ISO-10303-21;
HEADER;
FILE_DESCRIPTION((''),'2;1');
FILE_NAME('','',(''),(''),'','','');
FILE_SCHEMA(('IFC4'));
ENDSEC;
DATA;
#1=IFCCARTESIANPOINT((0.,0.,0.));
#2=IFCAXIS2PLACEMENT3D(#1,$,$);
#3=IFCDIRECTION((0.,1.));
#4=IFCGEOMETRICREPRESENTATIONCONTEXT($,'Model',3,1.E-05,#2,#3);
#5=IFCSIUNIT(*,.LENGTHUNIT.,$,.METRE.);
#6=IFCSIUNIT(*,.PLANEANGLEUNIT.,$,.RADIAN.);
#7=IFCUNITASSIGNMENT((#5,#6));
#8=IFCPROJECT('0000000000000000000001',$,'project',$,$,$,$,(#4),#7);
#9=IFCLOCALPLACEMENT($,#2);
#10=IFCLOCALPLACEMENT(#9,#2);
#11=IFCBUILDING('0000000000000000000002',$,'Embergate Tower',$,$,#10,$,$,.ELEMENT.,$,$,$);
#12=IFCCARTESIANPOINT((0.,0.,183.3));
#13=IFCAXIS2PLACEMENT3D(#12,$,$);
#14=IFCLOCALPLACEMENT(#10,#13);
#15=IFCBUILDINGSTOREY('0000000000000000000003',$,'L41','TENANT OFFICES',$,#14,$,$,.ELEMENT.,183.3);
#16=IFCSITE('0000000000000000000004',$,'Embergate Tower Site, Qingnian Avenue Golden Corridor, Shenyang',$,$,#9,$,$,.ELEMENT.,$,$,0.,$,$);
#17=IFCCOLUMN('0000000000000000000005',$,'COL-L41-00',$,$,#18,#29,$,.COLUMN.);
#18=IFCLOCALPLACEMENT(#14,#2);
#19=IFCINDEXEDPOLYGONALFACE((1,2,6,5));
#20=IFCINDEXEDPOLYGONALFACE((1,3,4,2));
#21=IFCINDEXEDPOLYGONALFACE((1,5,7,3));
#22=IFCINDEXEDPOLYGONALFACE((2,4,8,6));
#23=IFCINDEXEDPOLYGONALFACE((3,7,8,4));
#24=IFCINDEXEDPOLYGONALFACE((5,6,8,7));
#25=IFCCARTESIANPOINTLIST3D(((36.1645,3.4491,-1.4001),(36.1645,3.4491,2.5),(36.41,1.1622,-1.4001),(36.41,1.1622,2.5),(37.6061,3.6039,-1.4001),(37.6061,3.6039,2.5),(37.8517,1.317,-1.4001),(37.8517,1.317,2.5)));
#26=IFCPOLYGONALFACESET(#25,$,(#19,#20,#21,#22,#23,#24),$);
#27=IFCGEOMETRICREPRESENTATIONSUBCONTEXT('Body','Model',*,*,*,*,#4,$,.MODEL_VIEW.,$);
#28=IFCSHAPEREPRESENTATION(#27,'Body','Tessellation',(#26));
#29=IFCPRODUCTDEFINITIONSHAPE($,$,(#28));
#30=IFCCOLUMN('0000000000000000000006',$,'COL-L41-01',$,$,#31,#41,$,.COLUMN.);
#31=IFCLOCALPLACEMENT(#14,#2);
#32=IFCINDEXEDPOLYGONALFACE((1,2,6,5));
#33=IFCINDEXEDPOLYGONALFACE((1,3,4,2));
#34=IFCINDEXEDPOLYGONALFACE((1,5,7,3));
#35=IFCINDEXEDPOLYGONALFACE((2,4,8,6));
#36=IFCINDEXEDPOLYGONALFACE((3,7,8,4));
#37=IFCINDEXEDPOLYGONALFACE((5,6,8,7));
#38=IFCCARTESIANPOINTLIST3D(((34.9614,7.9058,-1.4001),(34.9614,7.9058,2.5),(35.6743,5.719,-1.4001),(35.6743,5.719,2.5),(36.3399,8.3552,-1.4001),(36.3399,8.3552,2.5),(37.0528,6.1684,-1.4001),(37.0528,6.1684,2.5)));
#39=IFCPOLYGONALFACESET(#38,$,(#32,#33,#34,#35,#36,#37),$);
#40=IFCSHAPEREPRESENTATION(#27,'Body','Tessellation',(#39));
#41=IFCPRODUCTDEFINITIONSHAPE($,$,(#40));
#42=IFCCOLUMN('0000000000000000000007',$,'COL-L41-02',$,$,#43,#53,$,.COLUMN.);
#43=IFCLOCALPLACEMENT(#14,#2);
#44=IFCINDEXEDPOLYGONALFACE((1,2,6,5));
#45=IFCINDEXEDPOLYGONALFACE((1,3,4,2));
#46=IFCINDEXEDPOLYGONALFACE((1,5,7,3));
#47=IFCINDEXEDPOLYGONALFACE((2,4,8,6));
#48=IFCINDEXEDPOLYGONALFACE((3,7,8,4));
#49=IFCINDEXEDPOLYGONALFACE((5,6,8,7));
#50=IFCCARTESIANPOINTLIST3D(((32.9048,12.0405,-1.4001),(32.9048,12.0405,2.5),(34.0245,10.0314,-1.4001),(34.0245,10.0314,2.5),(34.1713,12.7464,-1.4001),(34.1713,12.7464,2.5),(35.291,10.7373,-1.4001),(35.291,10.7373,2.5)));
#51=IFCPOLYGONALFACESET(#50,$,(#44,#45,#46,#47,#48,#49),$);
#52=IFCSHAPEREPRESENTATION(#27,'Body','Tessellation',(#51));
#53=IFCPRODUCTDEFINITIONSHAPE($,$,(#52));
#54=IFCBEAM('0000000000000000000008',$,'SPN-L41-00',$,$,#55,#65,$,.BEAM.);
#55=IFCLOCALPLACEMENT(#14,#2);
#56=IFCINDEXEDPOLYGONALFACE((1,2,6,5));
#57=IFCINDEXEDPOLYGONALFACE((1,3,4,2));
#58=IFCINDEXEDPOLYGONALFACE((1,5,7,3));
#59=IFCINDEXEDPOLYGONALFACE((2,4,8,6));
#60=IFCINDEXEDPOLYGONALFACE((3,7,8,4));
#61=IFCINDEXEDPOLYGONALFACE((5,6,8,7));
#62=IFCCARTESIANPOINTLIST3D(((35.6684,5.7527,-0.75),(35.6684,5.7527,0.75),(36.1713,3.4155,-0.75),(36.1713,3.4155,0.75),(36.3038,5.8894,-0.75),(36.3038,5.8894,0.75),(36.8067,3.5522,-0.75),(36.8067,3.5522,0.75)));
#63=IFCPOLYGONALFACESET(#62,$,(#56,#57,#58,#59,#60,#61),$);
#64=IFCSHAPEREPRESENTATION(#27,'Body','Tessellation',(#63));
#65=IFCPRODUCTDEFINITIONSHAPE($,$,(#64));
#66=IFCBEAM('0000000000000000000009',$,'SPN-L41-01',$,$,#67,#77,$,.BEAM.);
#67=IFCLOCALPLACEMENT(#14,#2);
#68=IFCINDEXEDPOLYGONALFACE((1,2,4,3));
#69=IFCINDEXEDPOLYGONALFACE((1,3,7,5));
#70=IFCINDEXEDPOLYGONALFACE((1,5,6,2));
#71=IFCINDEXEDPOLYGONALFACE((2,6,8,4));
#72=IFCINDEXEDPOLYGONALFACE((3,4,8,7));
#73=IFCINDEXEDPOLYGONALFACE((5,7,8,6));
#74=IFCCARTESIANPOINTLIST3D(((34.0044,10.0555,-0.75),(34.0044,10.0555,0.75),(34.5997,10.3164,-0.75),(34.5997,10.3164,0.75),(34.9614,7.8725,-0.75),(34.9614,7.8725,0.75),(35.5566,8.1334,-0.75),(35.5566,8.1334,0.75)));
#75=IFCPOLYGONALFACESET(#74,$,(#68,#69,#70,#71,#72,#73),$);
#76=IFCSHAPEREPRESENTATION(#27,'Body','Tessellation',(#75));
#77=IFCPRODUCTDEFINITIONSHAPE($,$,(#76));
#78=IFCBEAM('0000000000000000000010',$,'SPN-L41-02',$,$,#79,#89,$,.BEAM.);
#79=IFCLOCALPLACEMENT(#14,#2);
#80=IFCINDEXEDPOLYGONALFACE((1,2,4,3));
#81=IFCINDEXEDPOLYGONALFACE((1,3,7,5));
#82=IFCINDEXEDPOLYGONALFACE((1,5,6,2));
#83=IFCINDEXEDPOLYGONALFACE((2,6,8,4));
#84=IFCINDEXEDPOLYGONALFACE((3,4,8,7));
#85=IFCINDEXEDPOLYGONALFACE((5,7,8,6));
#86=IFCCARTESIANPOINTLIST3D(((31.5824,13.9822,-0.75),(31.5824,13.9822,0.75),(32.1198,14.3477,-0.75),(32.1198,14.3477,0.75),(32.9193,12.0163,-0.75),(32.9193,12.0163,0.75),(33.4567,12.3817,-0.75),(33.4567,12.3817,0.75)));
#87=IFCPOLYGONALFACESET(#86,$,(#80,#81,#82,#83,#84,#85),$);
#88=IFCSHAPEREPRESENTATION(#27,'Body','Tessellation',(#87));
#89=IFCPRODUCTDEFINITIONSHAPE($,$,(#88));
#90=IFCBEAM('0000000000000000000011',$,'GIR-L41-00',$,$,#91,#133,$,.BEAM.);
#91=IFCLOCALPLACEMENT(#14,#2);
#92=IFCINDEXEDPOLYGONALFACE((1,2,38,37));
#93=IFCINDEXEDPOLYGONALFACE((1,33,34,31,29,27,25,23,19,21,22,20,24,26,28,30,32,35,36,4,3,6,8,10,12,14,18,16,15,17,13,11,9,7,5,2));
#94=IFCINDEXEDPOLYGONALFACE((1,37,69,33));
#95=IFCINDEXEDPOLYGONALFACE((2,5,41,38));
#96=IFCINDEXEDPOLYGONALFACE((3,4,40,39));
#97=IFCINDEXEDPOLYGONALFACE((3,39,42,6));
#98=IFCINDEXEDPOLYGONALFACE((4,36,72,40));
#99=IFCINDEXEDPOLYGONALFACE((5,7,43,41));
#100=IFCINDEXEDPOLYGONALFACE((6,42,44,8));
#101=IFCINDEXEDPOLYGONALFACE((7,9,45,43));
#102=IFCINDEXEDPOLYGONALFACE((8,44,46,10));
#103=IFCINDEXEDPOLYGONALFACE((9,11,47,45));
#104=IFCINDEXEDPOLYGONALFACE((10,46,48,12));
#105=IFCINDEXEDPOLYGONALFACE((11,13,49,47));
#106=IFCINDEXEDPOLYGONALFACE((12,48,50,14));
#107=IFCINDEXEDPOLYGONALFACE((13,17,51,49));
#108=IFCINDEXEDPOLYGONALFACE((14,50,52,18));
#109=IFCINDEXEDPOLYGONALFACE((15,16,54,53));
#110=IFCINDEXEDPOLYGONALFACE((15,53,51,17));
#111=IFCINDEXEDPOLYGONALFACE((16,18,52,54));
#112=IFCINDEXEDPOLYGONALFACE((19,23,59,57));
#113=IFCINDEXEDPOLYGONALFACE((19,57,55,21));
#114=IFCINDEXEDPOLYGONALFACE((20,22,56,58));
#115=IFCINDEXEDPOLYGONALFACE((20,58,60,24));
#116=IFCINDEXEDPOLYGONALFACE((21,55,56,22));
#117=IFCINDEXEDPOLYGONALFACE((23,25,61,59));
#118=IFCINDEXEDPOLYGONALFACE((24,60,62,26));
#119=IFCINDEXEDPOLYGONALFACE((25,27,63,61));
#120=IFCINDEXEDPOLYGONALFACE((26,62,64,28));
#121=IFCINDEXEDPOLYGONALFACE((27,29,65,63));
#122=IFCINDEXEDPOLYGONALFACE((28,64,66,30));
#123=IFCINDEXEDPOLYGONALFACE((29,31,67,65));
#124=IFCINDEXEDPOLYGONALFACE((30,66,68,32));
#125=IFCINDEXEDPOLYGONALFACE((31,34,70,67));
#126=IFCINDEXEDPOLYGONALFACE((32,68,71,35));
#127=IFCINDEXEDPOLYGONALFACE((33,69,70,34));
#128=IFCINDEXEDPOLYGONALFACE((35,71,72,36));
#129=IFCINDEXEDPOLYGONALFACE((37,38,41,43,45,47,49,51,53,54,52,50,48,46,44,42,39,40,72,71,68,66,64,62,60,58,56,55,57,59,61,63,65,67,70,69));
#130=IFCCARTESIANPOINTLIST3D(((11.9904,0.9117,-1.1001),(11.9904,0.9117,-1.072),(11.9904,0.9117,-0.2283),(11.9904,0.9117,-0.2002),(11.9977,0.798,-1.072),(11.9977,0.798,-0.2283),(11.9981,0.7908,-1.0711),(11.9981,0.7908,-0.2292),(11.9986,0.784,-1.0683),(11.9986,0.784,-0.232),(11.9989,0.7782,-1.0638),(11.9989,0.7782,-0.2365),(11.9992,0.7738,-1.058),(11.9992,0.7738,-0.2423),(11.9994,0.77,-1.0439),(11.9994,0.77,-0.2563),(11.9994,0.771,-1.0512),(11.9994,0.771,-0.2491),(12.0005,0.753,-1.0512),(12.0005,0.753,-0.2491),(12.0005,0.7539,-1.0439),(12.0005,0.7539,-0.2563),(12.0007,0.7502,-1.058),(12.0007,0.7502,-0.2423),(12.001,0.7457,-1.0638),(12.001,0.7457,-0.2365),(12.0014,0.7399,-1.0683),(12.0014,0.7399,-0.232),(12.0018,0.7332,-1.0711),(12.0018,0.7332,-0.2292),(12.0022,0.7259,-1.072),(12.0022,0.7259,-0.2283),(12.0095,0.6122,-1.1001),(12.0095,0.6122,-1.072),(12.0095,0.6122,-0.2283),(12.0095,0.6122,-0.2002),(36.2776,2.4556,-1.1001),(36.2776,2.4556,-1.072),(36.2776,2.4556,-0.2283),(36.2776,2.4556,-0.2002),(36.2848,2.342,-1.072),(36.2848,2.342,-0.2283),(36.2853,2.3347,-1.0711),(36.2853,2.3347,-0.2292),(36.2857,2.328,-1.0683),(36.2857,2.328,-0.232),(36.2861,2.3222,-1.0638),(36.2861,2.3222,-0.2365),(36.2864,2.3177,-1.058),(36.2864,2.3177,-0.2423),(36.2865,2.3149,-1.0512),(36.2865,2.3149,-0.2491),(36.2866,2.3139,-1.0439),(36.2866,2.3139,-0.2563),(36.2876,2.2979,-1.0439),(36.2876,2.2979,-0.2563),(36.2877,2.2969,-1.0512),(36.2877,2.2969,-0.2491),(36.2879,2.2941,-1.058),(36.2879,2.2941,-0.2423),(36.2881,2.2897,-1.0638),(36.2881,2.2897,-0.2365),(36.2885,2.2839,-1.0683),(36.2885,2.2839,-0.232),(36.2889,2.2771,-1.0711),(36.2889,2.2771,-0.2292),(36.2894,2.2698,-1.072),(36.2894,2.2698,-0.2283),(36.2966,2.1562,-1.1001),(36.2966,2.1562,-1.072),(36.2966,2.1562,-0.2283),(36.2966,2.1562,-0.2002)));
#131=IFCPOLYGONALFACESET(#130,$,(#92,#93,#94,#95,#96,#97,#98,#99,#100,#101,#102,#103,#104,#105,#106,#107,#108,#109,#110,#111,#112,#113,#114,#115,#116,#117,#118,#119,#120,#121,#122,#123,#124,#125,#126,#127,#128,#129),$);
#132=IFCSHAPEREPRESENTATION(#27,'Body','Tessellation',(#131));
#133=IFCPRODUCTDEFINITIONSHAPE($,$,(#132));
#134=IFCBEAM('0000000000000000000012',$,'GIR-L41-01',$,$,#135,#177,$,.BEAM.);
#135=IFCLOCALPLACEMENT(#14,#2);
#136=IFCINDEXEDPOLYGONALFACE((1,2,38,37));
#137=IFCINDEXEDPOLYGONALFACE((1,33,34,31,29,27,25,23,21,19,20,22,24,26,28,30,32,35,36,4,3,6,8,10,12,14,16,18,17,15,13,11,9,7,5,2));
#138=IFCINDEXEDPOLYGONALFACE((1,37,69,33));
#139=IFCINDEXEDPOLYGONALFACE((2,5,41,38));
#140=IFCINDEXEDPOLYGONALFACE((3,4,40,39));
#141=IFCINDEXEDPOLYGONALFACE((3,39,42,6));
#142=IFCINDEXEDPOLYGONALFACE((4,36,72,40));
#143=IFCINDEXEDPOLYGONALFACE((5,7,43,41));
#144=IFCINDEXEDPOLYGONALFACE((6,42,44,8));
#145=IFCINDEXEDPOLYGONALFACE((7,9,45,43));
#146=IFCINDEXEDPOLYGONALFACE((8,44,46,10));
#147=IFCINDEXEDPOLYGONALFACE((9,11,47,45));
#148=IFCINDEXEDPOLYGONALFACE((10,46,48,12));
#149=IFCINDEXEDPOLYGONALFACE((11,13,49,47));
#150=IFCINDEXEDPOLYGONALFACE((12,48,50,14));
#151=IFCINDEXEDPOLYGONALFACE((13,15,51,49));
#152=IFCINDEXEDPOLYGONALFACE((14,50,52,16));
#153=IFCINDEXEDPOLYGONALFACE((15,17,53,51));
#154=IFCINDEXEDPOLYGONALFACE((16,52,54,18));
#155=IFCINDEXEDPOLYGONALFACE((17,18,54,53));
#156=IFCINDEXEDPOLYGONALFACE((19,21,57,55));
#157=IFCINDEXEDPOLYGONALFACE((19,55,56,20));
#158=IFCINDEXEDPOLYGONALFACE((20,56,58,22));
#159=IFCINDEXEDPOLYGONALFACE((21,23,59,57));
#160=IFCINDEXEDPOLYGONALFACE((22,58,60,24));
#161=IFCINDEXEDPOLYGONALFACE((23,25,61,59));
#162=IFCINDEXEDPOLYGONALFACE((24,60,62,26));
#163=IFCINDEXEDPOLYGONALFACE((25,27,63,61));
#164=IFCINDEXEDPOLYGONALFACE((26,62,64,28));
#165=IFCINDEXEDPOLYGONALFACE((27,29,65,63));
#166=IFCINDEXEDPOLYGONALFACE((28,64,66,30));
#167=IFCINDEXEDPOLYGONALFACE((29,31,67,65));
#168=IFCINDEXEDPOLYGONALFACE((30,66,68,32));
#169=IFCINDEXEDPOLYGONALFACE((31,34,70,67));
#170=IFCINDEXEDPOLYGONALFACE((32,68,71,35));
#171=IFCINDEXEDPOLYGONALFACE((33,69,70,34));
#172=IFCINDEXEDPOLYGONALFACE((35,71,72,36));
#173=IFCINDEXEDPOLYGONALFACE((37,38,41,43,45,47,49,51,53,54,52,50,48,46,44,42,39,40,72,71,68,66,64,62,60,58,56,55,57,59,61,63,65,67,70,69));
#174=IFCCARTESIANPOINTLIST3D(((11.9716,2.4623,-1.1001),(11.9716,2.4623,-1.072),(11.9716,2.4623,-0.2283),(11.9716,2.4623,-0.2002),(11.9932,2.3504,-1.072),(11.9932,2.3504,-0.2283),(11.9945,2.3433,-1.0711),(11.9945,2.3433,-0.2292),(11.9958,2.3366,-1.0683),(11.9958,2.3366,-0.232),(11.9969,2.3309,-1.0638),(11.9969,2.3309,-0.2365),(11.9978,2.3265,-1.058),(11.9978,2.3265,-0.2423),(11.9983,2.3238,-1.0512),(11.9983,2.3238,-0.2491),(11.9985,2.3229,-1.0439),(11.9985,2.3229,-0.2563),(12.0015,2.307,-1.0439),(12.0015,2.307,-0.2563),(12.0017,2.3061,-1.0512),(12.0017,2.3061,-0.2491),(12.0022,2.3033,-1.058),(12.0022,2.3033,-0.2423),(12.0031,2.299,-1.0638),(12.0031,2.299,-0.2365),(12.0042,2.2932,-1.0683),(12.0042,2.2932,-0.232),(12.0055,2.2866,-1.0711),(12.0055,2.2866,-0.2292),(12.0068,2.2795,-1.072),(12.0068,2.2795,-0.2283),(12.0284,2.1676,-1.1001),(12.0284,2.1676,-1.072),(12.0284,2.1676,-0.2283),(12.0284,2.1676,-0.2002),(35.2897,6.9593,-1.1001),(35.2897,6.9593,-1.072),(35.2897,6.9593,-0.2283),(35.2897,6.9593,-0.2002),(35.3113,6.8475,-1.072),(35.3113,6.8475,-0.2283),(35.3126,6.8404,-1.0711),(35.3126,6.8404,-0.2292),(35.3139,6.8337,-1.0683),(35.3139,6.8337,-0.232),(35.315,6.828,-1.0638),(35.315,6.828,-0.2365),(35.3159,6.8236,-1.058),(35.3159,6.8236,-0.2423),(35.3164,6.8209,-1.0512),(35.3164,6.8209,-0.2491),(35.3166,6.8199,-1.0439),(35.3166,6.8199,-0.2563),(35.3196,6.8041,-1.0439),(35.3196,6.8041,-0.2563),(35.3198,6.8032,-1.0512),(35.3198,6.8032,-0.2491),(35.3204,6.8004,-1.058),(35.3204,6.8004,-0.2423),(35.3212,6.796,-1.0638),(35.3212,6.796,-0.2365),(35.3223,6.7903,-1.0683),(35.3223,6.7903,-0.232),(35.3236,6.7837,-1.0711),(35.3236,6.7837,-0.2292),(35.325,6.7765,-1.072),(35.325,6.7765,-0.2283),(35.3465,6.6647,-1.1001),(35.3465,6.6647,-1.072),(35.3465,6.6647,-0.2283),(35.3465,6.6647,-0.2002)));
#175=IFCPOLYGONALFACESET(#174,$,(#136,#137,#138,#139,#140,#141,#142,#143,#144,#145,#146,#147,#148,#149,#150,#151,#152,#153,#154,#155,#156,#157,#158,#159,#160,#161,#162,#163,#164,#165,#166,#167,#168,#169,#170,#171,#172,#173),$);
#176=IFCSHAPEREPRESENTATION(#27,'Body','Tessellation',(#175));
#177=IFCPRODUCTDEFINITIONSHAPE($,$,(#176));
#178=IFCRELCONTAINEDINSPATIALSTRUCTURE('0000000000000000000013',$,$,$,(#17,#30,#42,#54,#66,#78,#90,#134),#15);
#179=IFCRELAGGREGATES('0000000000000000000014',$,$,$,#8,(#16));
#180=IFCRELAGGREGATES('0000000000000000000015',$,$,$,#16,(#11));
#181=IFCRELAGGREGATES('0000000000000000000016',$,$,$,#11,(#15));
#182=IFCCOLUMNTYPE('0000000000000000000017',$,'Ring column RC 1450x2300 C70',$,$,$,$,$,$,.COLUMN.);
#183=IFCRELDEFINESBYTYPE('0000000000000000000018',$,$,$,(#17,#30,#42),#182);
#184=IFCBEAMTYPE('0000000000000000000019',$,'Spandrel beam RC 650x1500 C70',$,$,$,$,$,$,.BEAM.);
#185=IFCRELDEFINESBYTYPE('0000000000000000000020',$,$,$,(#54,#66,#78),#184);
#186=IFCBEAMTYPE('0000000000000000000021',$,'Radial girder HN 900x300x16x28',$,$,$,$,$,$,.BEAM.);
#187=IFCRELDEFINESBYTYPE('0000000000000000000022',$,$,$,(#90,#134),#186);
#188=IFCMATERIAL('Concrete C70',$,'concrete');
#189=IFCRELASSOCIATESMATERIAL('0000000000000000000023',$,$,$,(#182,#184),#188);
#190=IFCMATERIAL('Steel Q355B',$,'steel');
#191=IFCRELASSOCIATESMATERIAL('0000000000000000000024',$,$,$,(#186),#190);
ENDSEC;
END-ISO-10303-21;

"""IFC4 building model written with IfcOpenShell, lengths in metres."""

from ifc_helpers import new_model, si_unit, direction, frame, origin, origin_2d, place, context, subcontext, project, spatial, rectangle, i_section, extrude, source, transform, mapped, material, material_profile, profile_set, type_object, element, save


model = new_model("IFC4")

# Units and contexts
model_context = context("Model", 3, precision=1e-05, world=origin(), true_north=direction((0.0, 1.0)))
body_context = subcontext(model_context, "Body", "Model", "MODEL_VIEW")
ifc_project = project(units=[si_unit("LENGTHUNIT", "METRE"), si_unit("PLANEANGLEUNIT", "RADIAN")], contexts=[model_context])

# Site, building, storey
site_placement = place(None, origin())
site = spatial("IfcSite", under=ifc_project, at=site_placement, Name="Embergate Tower Site, Qingnian Avenue Golden Corridor, Shenyang", CompositionType="ELEMENT", RefElevation=0.0)
building_placement = place(site_placement, origin())
building = spatial("IfcBuilding", under=site, at=building_placement, Name="Embergate Tower", CompositionType="ELEMENT")
storey_placement = place(building_placement, frame((0.0, 0.0, 183.3)))
storey = spatial("IfcBuildingStorey", under=building, at=storey_placement, Name="L41", Description="TENANT OFFICES", CompositionType="ELEMENT", Elevation=183.3)

# Columns
ifc_material_1 = material(Name="Concrete C70", Category="concrete")
ifc_material_profile_1 = material_profile(ifc_material_1, rectangle(XDim=1.45, YDim=2.3, at=origin_2d()), Name="RC 1450x2300")
ifc_profile_set_1 = profile_set([ifc_material_profile_1], Name="Concrete C70")
column_type = type_object("IfcColumnType", Name="Ring column RC 1450x2300 C70", PredefinedType="COLUMN", material=ifc_profile_set_1)
shared_shape_1 = source(origin(), body_context, "Body", "SweptSolid", [
    extrude(rectangle(XDim=1.45, YDim=2.3, at=origin_2d()), origin(), (0.0, 0.0, 1.0), 3.9001),
])
for number, where, z_axis, x_axis, name in (
    (1, (37.0081, 2.3831, -1.4001), (0.0, 0.0, 1.0), (0.994286, 0.10675, 0.0), "COL-L41-00"),
    (2, (36.0071, 7.0371, -1.4001), (0.0, 0.0, 1.0), (0.950754, 0.309946, 0.0), "COL-L41-01"),
    (3, (34.0979, 11.3889, -1.4001), (0.0, 0.0, 1.0), (0.873492, 0.486839, 0.0), "COL-L41-02"),
):
    element("IfcColumn", number, at=place(storey_placement, frame(where, z_axis=z_axis, x_axis=x_axis)), inside=storey, type_object=column_type, Name=name, PredefinedType="COLUMN", context=body_context, shape_type="MappedRepresentation", body=[
        mapped(shared_shape_1, transform((0.0, 0.0, 0.0))),
    ])

# Beams
ifc_material_profile_2 = material_profile(ifc_material_1, rectangle(XDim=0.6499, YDim=1.5, at=origin_2d()), Name="RC 650x1500")
ifc_profile_set_2 = profile_set([ifc_material_profile_2], Name="Concrete C70")
beam_type_1 = type_object("IfcBeamType", Name="Spandrel beam RC 650x1500 C70", PredefinedType="BEAM", material=ifc_profile_set_2)
shared_shape_2 = source(origin(), body_context, "Body", "SweptSolid", [
    extrude(rectangle(XDim=0.6499, YDim=1.5, at=origin_2d()), origin(), (0.0, 0.0, 1.0), 2.3906),
])
beam_1_placement = place(storey_placement, frame((36.489, 3.4839, 0.0), z_axis=(-0.210373, 0.977621, 0.0), x_axis=(-0.977621, -0.210373, 0.0)))
element("IfcBeam", 4, at=beam_1_placement, inside=storey, type_object=beam_type_1, Name="SPN-L41-00", PredefinedType="BEAM", context=body_context, shape_type="MappedRepresentation", body=[
    mapped(shared_shape_2, transform((0.0, 0.0, 0.0))),
])
shared_shape_3 = source(origin(), body_context, "Body", "SweptSolid", [
    extrude(rectangle(XDim=0.6499, YDim=1.5, at=origin_2d()), origin(), (0.0, 0.0, 1.0), 2.3835),
])
beam_2_placement = place(storey_placement, frame((35.259, 8.0029, 0.0), z_axis=(-0.401496, 0.915861, 0.0), x_axis=(-0.915861, -0.401496, 0.0)))
element("IfcBeam", 5, at=beam_2_placement, inside=storey, type_object=beam_type_1, Name="SPN-L41-01", PredefinedType="BEAM", context=body_context, shape_type="MappedRepresentation", body=[
    mapped(shared_shape_3, transform((0.0, 0.0, 0.0))),
])
shared_shape_4 = source(origin(), body_context, "Body", "SweptSolid", [
    extrude(rectangle(XDim=0.6499, YDim=1.5, at=origin_2d()), origin(), (0.0, 0.0, 1.0), 2.3774),
])
beam_3_placement = place(storey_placement, frame((33.188, 12.199, 0.0), z_axis=(-0.562307, 0.826928, 0.0), x_axis=(-0.826928, -0.562307, 0.0)))
element("IfcBeam", 6, at=beam_3_placement, inside=storey, type_object=beam_type_1, Name="SPN-L41-02", PredefinedType="BEAM", context=body_context, shape_type="MappedRepresentation", body=[
    mapped(shared_shape_4, transform((0.0, 0.0, 0.0))),
])
ifc_material_2 = material(Name="Steel Q355B", Category="steel")
ifc_material_profile_3 = material_profile(ifc_material_2, i_section(OverallWidth=0.3, OverallDepth=0.8999, WebThickness=0.0161, FlangeThickness=0.0281, FilletRadius=0.0281, at=origin_2d()), Name="HN 900x300x16x28")
ifc_profile_set_3 = profile_set([ifc_material_profile_3], Name="Steel Q355 grade B")
beam_type_2 = type_object("IfcBeamType", Name="Radial girder HN 900x300x16x28", PredefinedType="BEAM", material=ifc_profile_set_3)
shared_shape_5 = source(origin(), body_context, "Body", "SweptSolid", [
    extrude(i_section(OverallWidth=0.3, OverallDepth=0.8999, WebThickness=0.0161, FlangeThickness=0.0281, FilletRadius=0.0281, at=origin_2d()), origin(), (0.0, 0.0, 1.0), 24.3362),
])
beam_4_placement = place(storey_placement, frame((36.2871, 2.3059, -0.6501), z_axis=(-0.997985, -0.063443, 0.0), x_axis=(0.063443, -0.997985, 0.0)))
element("IfcBeam", 7, at=beam_4_placement, inside=storey, type_object=beam_type_2, Name="GIR-L41-00", PredefinedType="BEAM", context=body_context, shape_type="MappedRepresentation", body=[
    mapped(shared_shape_5, transform((0.0, 0.0, 0.0))),
])
shared_shape_6 = source(origin(), body_context, "Body", "SweptSolid", [
    extrude(i_section(OverallWidth=0.3, OverallDepth=0.8999, WebThickness=0.0161, FlangeThickness=0.0281, FilletRadius=0.0281, at=origin_2d()), origin(), (0.0, 0.0, 1.0), 23.7478),
])
beam_5_placement = place(storey_placement, frame((35.3181, 6.812, -0.6501), z_axis=(-0.981906, -0.189368, 0.0), x_axis=(0.189368, -0.981906, 0.0)))
element("IfcBeam", 8, at=beam_5_placement, inside=storey, type_object=beam_type_2, Name="GIR-L41-01", PredefinedType="BEAM", context=body_context, shape_type="MappedRepresentation", body=[
    mapped(shared_shape_6, transform((0.0, 0.0, 0.0))),
])

save(model, "model.ifc")
